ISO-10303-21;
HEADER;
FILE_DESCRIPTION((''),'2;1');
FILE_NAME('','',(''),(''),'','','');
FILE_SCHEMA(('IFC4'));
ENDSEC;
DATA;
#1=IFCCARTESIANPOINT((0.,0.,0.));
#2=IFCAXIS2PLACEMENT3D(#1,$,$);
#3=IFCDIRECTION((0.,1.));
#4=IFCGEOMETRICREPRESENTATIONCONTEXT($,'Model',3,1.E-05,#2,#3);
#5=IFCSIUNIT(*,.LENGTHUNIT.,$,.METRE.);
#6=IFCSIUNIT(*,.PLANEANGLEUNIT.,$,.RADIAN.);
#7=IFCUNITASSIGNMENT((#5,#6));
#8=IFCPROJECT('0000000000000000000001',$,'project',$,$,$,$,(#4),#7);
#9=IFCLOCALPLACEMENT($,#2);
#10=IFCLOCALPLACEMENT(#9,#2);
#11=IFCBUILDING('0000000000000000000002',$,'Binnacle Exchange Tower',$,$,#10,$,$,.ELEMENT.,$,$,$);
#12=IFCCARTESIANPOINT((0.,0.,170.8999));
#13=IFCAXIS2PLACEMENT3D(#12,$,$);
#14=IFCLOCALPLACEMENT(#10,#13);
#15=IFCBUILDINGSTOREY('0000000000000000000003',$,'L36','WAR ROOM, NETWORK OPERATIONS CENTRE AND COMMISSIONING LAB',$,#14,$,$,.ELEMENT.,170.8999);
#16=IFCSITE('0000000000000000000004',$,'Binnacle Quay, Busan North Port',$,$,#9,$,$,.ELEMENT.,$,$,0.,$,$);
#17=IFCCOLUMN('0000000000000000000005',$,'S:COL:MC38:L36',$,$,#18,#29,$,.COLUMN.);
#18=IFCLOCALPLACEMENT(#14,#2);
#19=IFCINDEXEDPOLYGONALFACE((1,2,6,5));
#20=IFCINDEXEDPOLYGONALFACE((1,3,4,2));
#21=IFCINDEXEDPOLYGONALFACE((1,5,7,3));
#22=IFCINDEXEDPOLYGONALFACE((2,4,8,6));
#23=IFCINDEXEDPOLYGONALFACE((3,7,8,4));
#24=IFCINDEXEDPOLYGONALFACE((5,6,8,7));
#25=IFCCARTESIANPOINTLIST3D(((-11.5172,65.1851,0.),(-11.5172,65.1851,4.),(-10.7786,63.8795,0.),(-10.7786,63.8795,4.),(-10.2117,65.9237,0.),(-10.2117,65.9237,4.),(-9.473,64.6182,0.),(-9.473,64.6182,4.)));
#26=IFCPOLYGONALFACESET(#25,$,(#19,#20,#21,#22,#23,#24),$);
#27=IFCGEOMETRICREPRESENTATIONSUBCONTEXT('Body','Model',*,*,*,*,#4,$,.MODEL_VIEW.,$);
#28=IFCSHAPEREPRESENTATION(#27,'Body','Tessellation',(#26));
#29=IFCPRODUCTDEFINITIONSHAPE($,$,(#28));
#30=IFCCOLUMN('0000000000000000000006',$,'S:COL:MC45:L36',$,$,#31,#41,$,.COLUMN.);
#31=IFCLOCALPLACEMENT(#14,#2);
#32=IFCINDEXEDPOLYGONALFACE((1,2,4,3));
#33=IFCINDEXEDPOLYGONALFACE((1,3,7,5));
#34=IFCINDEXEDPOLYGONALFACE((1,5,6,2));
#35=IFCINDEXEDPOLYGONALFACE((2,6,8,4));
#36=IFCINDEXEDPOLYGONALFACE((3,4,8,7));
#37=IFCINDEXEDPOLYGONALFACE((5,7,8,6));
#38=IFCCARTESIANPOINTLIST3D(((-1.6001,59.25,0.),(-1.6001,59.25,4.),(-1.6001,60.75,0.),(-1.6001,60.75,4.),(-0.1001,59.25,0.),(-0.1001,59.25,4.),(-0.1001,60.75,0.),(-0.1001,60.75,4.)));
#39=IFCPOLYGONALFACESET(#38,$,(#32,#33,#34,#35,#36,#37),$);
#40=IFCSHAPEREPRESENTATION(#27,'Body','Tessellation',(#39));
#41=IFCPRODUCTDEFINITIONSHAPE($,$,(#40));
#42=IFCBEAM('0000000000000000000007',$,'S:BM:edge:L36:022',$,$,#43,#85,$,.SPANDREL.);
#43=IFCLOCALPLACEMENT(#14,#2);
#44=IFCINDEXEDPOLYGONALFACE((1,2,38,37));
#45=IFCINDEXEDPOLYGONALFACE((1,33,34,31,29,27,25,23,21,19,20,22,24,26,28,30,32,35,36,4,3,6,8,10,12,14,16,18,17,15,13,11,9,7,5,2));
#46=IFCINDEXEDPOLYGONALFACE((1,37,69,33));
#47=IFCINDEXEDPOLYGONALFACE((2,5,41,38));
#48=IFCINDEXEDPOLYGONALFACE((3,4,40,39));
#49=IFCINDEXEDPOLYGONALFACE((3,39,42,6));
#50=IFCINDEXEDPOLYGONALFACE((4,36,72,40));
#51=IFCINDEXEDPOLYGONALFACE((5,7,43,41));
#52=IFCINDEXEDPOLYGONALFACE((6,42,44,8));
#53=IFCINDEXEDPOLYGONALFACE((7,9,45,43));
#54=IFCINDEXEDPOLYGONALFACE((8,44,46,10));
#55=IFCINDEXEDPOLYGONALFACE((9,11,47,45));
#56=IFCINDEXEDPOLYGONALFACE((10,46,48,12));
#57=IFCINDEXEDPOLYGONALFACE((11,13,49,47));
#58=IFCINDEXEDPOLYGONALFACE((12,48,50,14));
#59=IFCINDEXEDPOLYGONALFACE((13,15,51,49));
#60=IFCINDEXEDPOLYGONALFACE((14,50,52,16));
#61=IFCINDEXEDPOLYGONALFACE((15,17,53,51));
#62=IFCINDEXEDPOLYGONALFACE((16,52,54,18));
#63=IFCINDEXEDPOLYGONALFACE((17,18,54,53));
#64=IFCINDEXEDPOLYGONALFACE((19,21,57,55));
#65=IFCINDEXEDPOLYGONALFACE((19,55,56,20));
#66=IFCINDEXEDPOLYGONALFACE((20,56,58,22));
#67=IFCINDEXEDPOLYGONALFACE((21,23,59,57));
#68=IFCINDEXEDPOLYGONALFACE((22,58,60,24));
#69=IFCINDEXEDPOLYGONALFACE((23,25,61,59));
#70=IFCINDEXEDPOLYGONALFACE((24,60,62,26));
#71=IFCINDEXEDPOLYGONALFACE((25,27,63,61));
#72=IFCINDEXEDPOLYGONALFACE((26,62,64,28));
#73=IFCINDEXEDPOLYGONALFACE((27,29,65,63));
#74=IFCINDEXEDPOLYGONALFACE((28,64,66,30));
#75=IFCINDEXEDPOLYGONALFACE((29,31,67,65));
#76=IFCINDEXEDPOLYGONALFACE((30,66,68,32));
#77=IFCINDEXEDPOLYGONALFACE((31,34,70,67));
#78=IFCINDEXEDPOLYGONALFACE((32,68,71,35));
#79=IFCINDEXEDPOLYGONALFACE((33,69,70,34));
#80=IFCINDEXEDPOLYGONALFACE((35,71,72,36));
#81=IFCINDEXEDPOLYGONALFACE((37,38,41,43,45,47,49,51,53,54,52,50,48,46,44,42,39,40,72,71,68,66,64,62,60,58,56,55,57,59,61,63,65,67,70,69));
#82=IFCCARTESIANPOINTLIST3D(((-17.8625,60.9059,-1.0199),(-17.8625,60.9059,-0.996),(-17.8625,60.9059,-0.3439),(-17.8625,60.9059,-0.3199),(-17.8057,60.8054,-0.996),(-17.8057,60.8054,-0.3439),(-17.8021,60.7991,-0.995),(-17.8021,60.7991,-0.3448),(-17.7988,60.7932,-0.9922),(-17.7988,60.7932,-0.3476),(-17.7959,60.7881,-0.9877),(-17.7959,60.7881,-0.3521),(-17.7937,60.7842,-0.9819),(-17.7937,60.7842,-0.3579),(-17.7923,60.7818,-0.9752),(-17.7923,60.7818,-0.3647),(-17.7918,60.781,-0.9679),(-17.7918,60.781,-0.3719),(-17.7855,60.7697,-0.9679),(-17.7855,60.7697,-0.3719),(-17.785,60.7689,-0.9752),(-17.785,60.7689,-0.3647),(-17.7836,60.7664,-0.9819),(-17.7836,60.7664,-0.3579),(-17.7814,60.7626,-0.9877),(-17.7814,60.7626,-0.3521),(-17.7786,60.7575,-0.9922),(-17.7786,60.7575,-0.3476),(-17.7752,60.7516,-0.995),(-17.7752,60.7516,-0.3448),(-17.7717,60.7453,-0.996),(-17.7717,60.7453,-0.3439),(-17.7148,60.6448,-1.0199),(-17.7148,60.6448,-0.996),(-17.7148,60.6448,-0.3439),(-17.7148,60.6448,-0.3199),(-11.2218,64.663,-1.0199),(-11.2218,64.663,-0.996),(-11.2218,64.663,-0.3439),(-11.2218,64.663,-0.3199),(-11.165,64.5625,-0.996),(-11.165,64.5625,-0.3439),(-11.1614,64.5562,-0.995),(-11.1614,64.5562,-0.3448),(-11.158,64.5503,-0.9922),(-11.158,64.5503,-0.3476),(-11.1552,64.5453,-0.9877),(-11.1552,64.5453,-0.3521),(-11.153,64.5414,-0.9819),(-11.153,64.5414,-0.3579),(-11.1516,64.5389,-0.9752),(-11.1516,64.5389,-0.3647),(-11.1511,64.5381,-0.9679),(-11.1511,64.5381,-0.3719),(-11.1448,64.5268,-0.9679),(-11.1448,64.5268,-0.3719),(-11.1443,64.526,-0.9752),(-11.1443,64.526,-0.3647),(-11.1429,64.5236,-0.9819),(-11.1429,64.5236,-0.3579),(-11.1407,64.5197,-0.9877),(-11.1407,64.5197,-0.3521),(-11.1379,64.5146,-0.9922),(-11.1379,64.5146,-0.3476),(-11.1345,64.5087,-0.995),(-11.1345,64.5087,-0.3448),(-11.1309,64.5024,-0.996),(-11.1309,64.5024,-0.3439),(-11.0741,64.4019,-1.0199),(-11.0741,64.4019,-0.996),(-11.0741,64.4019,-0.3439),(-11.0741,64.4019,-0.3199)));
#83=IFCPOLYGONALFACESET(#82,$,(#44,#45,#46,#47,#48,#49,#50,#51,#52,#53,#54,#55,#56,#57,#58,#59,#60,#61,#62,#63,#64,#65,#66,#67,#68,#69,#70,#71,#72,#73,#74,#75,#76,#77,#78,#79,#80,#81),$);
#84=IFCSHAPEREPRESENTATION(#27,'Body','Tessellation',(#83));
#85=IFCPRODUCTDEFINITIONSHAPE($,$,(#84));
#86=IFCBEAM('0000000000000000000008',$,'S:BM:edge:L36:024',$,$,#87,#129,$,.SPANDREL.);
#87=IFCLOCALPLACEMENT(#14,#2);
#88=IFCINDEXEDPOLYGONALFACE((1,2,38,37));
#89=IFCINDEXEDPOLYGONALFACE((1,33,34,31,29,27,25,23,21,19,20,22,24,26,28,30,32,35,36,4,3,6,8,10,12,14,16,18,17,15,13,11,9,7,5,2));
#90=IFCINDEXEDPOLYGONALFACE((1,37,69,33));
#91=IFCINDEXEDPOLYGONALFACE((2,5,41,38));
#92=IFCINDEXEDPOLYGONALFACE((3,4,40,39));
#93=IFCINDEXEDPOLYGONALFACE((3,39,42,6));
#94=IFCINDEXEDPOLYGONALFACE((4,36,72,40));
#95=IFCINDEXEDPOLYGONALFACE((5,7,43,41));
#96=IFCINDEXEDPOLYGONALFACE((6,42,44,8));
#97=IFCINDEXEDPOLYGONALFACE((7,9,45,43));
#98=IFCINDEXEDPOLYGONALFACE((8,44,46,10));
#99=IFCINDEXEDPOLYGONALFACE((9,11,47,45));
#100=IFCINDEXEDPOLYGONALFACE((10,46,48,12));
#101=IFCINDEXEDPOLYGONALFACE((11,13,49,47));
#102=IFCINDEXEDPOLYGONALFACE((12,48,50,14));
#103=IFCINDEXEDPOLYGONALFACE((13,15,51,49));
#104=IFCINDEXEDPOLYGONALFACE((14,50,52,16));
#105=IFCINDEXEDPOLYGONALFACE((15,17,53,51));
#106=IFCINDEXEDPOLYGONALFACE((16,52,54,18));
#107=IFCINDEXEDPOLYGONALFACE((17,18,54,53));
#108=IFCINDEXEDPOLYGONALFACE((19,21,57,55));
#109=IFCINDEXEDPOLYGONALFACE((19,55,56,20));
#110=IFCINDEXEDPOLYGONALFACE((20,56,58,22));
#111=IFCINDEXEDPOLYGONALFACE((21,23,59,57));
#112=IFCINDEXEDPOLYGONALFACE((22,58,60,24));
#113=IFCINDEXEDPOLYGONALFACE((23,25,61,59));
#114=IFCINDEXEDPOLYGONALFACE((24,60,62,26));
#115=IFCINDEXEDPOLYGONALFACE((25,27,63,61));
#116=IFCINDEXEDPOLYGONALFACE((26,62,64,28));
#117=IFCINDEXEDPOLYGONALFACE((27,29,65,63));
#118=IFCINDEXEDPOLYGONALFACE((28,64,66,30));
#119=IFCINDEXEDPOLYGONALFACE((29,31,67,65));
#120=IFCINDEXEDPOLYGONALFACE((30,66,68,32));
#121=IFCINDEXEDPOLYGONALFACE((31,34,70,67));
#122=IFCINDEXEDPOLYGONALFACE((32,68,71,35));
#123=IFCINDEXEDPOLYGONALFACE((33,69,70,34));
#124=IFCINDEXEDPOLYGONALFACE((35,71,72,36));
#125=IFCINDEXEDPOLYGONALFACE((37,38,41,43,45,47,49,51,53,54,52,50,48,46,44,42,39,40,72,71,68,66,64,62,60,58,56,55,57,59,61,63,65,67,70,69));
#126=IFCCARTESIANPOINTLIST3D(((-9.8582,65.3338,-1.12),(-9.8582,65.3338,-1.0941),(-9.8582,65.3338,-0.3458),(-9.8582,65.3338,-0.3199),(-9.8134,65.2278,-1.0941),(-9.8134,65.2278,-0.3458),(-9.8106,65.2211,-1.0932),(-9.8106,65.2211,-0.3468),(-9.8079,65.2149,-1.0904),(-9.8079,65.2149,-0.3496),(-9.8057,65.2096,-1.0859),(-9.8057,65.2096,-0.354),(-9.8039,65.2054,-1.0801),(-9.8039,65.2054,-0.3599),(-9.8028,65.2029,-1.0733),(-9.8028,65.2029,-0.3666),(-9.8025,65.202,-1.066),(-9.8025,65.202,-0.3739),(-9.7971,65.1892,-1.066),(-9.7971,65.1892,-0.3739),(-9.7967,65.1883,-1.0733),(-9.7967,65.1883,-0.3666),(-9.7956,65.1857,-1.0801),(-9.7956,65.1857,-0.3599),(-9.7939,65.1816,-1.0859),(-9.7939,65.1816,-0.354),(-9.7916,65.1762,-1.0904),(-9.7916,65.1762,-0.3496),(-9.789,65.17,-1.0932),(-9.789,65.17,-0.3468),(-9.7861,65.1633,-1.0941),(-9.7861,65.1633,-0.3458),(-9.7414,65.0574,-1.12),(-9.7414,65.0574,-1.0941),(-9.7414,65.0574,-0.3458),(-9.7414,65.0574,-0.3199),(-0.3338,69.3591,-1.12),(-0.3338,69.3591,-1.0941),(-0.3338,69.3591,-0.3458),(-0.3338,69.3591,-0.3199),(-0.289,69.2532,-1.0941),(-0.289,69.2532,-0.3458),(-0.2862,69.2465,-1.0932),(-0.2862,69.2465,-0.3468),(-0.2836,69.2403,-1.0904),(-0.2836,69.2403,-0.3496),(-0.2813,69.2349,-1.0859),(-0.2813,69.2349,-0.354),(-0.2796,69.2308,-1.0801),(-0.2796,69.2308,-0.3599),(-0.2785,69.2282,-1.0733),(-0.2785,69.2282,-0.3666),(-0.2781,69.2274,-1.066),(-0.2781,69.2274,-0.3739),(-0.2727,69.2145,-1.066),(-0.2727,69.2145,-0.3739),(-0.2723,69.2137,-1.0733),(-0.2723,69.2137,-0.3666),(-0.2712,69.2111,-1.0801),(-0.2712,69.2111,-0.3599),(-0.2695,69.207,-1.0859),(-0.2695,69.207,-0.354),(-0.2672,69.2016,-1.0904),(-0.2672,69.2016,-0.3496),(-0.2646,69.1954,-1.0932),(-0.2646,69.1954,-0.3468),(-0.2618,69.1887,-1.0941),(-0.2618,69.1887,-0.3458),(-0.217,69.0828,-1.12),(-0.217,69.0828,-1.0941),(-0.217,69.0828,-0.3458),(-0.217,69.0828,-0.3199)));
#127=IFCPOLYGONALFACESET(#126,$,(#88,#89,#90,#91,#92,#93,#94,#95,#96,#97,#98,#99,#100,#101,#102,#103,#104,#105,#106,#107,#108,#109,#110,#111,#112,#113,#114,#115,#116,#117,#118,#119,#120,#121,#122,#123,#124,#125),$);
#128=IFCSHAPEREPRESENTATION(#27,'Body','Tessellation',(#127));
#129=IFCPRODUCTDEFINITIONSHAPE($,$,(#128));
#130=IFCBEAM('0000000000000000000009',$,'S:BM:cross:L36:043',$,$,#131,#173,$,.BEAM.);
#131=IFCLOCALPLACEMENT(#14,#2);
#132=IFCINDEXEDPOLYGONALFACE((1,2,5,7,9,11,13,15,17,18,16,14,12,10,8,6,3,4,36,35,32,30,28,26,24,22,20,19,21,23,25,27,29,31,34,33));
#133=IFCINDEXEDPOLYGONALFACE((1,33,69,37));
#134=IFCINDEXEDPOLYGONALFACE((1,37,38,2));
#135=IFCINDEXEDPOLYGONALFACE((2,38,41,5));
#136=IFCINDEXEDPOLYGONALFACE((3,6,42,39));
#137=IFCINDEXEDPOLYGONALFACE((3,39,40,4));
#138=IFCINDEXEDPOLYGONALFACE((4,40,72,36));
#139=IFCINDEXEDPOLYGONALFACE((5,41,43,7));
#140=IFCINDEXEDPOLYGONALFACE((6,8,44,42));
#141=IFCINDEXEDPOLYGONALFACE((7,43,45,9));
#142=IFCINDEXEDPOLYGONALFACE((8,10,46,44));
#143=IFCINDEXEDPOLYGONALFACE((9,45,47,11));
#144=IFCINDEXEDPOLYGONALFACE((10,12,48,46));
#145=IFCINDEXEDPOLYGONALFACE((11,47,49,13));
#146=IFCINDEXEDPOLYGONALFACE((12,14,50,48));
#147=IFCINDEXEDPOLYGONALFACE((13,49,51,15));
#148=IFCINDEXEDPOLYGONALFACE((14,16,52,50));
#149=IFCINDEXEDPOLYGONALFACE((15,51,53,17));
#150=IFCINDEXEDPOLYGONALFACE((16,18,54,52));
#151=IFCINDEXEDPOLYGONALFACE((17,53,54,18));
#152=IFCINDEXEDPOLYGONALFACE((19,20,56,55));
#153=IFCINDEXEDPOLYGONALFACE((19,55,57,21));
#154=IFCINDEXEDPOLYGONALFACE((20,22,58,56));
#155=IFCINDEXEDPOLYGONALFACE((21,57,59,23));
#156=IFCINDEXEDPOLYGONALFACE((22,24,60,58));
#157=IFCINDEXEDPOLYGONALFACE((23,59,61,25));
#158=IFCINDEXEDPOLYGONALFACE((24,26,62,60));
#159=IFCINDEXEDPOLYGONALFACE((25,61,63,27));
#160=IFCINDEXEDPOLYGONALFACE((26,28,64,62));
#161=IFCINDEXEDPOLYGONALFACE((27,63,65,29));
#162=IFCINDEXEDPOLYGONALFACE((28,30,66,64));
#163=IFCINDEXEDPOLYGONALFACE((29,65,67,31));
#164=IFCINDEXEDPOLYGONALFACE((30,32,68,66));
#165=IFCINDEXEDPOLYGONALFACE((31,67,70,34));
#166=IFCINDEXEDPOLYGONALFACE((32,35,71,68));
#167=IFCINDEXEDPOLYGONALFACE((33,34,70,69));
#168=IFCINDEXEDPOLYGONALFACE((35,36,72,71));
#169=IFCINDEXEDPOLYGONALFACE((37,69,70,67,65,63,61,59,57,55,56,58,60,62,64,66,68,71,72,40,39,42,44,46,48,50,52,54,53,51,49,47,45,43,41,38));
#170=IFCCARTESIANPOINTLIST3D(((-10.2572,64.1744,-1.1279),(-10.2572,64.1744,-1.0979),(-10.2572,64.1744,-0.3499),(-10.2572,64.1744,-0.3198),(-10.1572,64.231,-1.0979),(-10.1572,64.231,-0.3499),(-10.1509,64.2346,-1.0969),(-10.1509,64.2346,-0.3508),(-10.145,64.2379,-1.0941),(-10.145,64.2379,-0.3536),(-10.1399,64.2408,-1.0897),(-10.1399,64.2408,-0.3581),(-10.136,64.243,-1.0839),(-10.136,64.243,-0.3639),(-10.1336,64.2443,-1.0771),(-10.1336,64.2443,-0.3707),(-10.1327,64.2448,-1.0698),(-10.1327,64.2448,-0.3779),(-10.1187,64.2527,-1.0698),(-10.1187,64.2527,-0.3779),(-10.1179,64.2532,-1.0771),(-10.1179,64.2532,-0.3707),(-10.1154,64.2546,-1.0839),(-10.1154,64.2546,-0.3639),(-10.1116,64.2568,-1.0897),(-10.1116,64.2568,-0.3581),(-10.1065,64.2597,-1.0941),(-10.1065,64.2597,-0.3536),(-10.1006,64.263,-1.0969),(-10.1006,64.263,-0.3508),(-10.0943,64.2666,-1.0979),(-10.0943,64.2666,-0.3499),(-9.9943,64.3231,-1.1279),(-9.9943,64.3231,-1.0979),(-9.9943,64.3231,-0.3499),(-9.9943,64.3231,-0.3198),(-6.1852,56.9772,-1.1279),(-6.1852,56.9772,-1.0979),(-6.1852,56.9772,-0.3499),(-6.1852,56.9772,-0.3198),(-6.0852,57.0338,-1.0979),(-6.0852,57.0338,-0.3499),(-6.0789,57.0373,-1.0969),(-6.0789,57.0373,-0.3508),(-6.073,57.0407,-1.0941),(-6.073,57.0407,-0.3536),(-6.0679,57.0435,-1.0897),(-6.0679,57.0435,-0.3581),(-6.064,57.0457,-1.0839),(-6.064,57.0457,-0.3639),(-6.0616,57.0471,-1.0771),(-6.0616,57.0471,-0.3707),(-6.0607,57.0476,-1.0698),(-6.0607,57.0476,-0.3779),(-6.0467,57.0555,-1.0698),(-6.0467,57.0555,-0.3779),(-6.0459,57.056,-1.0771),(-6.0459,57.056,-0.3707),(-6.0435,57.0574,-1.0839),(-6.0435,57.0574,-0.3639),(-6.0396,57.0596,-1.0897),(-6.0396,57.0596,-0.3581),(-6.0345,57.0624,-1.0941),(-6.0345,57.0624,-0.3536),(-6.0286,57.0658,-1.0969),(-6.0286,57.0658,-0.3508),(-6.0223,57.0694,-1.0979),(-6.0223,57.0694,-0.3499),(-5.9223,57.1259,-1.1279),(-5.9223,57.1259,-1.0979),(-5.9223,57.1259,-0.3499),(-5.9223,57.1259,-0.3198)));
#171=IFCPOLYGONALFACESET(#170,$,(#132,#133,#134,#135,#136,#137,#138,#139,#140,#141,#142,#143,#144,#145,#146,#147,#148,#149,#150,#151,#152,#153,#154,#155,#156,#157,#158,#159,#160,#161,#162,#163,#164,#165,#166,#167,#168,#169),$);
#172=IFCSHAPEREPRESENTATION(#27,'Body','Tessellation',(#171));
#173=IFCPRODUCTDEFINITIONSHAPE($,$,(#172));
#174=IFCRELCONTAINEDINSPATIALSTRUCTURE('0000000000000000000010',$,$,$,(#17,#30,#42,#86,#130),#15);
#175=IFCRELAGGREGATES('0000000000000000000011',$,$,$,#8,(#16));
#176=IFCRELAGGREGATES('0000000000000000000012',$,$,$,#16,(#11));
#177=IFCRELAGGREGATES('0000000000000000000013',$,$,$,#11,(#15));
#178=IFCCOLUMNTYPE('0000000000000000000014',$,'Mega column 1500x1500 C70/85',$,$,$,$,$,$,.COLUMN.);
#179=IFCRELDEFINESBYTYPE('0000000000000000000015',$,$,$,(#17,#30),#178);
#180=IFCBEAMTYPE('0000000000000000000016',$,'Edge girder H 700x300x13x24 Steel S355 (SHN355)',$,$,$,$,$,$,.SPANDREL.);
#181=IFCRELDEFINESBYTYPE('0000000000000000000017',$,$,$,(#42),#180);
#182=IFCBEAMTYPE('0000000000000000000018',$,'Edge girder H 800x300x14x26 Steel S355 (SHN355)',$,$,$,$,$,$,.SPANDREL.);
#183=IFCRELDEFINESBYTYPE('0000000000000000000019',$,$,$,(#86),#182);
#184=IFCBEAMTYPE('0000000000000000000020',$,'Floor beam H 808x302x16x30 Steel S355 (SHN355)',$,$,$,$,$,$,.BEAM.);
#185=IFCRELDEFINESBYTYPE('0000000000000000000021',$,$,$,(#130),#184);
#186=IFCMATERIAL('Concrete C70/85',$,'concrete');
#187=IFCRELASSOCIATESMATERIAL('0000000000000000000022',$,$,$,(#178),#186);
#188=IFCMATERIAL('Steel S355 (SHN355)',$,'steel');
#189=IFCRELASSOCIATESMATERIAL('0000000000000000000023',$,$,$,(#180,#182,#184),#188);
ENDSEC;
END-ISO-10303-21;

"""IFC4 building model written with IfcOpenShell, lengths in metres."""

from ifc_helpers import new_model, si_unit, direction, frame, origin, origin_2d, place, context, subcontext, project, spatial, rectangle, i_section, extrude, material, material_profile, profile_set, type_object, element, save


model = new_model("IFC4")

# Units and contexts
model_context = context("Model", 3, precision=1e-05, world=origin(), true_north=direction((0.0, 1.0)))
body_context = subcontext(model_context, "Body", "Model", "MODEL_VIEW")
ifc_project = project(units=[si_unit("LENGTHUNIT", "METRE"), si_unit("PLANEANGLEUNIT", "RADIAN")], contexts=[model_context])

# Site, building, storey
site_placement = place(None, origin())
site = spatial("IfcSite", under=ifc_project, at=site_placement, Name="Binnacle Quay, Busan North Port", CompositionType="ELEMENT", RefElevation=0.0)
building_placement = place(site_placement, origin())
building = spatial("IfcBuilding", under=site, at=building_placement, Name="Binnacle Exchange Tower", CompositionType="ELEMENT")
storey_placement = place(building_placement, frame((0.0, 0.0, 170.8999)))
storey = spatial("IfcBuildingStorey", under=building, at=storey_placement, Name="L36", Description="WAR ROOM, NETWORK OPERATIONS CENTRE AND COMMISSIONING LAB", CompositionType="ELEMENT", Elevation=170.8999)

# Columns
ifc_material_1 = material(Name="Concrete C70/85", Category="concrete")
ifc_material_profile_1 = material_profile(ifc_material_1, rectangle(XDim=1.5, YDim=1.5, at=origin_2d()), Name="Mega column 1500x1500 C70/85")
ifc_profile_set_1 = profile_set([ifc_material_profile_1], Name="Concrete C70/85")
column_type = type_object("IfcColumnType", Name="Mega column 1500x1500 C70/85", PredefinedType="COLUMN", material=ifc_profile_set_1)
for number, where, z_axis, x_axis, name in (
    (1, (-10.4951, 64.9016, 0.0), (0.0, 0.0, 1.0), (-0.870356, -0.492424, 0.0), "S:COL:MC38:L36"),
    (2, (-0.8501, 60.0, 0.0), (0.0, 0.0, 1.0), (0.0, 1.0, 0.0), "S:COL:MC45:L36"),
):
    element("IfcColumn", number, at=place(storey_placement, frame(where, z_axis=z_axis, x_axis=x_axis)), inside=storey, type_object=column_type, Name=name, PredefinedType="COLUMN", context=body_context, shape_type="SweptSolid", body=[
        extrude(rectangle(XDim=1.5, YDim=1.5, at=origin_2d()), origin(), (0.0, 0.0, 1.0), 4.0),
    ])

# Beams
ifc_material_2 = material(Name="Steel S355 (SHN355)", Category="steel")
ifc_material_profile_2 = material_profile(ifc_material_2, i_section(OverallWidth=0.3, OverallDepth=0.7, WebThickness=0.0129, FlangeThickness=0.0239, FilletRadius=0.0281, at=origin_2d()), Name="H 700x300x13x24")
ifc_profile_set_2 = profile_set([ifc_material_profile_2], Name="Steel S355 (SHN355)")
beam_type_1 = type_object("IfcBeamType", Name="Edge girder H 700x300x13x24 Steel S355 (SHN355)", PredefinedType="SPANDREL", material=ifc_profile_set_2)
beam_1_placement = place(storey_placement, frame((-11.1479, 64.5325, -0.6699), z_axis=(-0.870356, -0.492423, 0.0), x_axis=(0.492423, -0.870356, 0.0)))
element("IfcBeam", 3, at=beam_1_placement, inside=storey, type_object=beam_type_1, Name="S:BM:edge:L36:022", PredefinedType="SPANDREL", context=body_context, shape_type="SweptSolid", body=[
    extrude(i_section(OverallWidth=0.3, OverallDepth=0.7, WebThickness=0.0129, FlangeThickness=0.0239, FilletRadius=0.0281, at=origin_2d()), origin(), (0.0, 0.0, 1.0), 7.6299),
])
ifc_material_profile_3 = material_profile(ifc_material_2, i_section(OverallWidth=0.3, OverallDepth=0.8, WebThickness=0.0139, FlangeThickness=0.0259, FilletRadius=0.0281, at=origin_2d()), Name="H 800x300x14x26")
ifc_profile_set_3 = profile_set([ifc_material_profile_3], Name="Steel S355 (SHN355)")
beam_type_2 = type_object("IfcBeamType", Name="Edge girder H 800x300x14x26 Steel S355 (SHN355)", PredefinedType="SPANDREL", material=ifc_profile_set_3)
beam_2_placement = place(storey_placement, frame((-0.2754, 69.2209, -0.72), z_axis=(-0.921112, -0.389298, 0.0), x_axis=(0.389298, -0.921112, 0.0)))
element("IfcBeam", 4, at=beam_2_placement, inside=storey, type_object=beam_type_2, Name="S:BM:edge:L36:024", PredefinedType="SPANDREL", context=body_context, shape_type="SweptSolid", body=[
    extrude(i_section(OverallWidth=0.3, OverallDepth=0.8, WebThickness=0.0139, FlangeThickness=0.0259, FilletRadius=0.0281, at=origin_2d()), origin(), (0.0, 0.0, 1.0), 10.3401),
])
ifc_material_profile_4 = material_profile(ifc_material_2, i_section(OverallWidth=0.302, OverallDepth=0.8081, WebThickness=0.0161, FlangeThickness=0.03, FilletRadius=0.0281, at=origin_2d()), Name="H 808x302x16x30")
ifc_profile_set_4 = profile_set([ifc_material_profile_4], Name="Steel S355 (SHN355)")
beam_type_3 = type_object("IfcBeamType", Name="Floor beam H 808x302x16x30 Steel S355 (SHN355)", PredefinedType="BEAM", material=ifc_profile_set_4)
beam_3_placement = place(storey_placement, frame((-10.1257, 64.2488, -0.7239), z_axis=(0.492424, -0.870355, 0.0), x_axis=(0.870355, 0.492424, 0.0)))
element("IfcBeam", 5, at=beam_3_placement, inside=storey, type_object=beam_type_3, Name="S:BM:cross:L36:043", PredefinedType="BEAM", context=body_context, shape_type="SweptSolid", body=[
    extrude(i_section(OverallWidth=0.302, OverallDepth=0.8081, WebThickness=0.0161, FlangeThickness=0.03, FilletRadius=0.0281, at=origin_2d()), origin(), (0.0, 0.0, 1.0), 8.2693),
])

save(model, "model.ifc")
